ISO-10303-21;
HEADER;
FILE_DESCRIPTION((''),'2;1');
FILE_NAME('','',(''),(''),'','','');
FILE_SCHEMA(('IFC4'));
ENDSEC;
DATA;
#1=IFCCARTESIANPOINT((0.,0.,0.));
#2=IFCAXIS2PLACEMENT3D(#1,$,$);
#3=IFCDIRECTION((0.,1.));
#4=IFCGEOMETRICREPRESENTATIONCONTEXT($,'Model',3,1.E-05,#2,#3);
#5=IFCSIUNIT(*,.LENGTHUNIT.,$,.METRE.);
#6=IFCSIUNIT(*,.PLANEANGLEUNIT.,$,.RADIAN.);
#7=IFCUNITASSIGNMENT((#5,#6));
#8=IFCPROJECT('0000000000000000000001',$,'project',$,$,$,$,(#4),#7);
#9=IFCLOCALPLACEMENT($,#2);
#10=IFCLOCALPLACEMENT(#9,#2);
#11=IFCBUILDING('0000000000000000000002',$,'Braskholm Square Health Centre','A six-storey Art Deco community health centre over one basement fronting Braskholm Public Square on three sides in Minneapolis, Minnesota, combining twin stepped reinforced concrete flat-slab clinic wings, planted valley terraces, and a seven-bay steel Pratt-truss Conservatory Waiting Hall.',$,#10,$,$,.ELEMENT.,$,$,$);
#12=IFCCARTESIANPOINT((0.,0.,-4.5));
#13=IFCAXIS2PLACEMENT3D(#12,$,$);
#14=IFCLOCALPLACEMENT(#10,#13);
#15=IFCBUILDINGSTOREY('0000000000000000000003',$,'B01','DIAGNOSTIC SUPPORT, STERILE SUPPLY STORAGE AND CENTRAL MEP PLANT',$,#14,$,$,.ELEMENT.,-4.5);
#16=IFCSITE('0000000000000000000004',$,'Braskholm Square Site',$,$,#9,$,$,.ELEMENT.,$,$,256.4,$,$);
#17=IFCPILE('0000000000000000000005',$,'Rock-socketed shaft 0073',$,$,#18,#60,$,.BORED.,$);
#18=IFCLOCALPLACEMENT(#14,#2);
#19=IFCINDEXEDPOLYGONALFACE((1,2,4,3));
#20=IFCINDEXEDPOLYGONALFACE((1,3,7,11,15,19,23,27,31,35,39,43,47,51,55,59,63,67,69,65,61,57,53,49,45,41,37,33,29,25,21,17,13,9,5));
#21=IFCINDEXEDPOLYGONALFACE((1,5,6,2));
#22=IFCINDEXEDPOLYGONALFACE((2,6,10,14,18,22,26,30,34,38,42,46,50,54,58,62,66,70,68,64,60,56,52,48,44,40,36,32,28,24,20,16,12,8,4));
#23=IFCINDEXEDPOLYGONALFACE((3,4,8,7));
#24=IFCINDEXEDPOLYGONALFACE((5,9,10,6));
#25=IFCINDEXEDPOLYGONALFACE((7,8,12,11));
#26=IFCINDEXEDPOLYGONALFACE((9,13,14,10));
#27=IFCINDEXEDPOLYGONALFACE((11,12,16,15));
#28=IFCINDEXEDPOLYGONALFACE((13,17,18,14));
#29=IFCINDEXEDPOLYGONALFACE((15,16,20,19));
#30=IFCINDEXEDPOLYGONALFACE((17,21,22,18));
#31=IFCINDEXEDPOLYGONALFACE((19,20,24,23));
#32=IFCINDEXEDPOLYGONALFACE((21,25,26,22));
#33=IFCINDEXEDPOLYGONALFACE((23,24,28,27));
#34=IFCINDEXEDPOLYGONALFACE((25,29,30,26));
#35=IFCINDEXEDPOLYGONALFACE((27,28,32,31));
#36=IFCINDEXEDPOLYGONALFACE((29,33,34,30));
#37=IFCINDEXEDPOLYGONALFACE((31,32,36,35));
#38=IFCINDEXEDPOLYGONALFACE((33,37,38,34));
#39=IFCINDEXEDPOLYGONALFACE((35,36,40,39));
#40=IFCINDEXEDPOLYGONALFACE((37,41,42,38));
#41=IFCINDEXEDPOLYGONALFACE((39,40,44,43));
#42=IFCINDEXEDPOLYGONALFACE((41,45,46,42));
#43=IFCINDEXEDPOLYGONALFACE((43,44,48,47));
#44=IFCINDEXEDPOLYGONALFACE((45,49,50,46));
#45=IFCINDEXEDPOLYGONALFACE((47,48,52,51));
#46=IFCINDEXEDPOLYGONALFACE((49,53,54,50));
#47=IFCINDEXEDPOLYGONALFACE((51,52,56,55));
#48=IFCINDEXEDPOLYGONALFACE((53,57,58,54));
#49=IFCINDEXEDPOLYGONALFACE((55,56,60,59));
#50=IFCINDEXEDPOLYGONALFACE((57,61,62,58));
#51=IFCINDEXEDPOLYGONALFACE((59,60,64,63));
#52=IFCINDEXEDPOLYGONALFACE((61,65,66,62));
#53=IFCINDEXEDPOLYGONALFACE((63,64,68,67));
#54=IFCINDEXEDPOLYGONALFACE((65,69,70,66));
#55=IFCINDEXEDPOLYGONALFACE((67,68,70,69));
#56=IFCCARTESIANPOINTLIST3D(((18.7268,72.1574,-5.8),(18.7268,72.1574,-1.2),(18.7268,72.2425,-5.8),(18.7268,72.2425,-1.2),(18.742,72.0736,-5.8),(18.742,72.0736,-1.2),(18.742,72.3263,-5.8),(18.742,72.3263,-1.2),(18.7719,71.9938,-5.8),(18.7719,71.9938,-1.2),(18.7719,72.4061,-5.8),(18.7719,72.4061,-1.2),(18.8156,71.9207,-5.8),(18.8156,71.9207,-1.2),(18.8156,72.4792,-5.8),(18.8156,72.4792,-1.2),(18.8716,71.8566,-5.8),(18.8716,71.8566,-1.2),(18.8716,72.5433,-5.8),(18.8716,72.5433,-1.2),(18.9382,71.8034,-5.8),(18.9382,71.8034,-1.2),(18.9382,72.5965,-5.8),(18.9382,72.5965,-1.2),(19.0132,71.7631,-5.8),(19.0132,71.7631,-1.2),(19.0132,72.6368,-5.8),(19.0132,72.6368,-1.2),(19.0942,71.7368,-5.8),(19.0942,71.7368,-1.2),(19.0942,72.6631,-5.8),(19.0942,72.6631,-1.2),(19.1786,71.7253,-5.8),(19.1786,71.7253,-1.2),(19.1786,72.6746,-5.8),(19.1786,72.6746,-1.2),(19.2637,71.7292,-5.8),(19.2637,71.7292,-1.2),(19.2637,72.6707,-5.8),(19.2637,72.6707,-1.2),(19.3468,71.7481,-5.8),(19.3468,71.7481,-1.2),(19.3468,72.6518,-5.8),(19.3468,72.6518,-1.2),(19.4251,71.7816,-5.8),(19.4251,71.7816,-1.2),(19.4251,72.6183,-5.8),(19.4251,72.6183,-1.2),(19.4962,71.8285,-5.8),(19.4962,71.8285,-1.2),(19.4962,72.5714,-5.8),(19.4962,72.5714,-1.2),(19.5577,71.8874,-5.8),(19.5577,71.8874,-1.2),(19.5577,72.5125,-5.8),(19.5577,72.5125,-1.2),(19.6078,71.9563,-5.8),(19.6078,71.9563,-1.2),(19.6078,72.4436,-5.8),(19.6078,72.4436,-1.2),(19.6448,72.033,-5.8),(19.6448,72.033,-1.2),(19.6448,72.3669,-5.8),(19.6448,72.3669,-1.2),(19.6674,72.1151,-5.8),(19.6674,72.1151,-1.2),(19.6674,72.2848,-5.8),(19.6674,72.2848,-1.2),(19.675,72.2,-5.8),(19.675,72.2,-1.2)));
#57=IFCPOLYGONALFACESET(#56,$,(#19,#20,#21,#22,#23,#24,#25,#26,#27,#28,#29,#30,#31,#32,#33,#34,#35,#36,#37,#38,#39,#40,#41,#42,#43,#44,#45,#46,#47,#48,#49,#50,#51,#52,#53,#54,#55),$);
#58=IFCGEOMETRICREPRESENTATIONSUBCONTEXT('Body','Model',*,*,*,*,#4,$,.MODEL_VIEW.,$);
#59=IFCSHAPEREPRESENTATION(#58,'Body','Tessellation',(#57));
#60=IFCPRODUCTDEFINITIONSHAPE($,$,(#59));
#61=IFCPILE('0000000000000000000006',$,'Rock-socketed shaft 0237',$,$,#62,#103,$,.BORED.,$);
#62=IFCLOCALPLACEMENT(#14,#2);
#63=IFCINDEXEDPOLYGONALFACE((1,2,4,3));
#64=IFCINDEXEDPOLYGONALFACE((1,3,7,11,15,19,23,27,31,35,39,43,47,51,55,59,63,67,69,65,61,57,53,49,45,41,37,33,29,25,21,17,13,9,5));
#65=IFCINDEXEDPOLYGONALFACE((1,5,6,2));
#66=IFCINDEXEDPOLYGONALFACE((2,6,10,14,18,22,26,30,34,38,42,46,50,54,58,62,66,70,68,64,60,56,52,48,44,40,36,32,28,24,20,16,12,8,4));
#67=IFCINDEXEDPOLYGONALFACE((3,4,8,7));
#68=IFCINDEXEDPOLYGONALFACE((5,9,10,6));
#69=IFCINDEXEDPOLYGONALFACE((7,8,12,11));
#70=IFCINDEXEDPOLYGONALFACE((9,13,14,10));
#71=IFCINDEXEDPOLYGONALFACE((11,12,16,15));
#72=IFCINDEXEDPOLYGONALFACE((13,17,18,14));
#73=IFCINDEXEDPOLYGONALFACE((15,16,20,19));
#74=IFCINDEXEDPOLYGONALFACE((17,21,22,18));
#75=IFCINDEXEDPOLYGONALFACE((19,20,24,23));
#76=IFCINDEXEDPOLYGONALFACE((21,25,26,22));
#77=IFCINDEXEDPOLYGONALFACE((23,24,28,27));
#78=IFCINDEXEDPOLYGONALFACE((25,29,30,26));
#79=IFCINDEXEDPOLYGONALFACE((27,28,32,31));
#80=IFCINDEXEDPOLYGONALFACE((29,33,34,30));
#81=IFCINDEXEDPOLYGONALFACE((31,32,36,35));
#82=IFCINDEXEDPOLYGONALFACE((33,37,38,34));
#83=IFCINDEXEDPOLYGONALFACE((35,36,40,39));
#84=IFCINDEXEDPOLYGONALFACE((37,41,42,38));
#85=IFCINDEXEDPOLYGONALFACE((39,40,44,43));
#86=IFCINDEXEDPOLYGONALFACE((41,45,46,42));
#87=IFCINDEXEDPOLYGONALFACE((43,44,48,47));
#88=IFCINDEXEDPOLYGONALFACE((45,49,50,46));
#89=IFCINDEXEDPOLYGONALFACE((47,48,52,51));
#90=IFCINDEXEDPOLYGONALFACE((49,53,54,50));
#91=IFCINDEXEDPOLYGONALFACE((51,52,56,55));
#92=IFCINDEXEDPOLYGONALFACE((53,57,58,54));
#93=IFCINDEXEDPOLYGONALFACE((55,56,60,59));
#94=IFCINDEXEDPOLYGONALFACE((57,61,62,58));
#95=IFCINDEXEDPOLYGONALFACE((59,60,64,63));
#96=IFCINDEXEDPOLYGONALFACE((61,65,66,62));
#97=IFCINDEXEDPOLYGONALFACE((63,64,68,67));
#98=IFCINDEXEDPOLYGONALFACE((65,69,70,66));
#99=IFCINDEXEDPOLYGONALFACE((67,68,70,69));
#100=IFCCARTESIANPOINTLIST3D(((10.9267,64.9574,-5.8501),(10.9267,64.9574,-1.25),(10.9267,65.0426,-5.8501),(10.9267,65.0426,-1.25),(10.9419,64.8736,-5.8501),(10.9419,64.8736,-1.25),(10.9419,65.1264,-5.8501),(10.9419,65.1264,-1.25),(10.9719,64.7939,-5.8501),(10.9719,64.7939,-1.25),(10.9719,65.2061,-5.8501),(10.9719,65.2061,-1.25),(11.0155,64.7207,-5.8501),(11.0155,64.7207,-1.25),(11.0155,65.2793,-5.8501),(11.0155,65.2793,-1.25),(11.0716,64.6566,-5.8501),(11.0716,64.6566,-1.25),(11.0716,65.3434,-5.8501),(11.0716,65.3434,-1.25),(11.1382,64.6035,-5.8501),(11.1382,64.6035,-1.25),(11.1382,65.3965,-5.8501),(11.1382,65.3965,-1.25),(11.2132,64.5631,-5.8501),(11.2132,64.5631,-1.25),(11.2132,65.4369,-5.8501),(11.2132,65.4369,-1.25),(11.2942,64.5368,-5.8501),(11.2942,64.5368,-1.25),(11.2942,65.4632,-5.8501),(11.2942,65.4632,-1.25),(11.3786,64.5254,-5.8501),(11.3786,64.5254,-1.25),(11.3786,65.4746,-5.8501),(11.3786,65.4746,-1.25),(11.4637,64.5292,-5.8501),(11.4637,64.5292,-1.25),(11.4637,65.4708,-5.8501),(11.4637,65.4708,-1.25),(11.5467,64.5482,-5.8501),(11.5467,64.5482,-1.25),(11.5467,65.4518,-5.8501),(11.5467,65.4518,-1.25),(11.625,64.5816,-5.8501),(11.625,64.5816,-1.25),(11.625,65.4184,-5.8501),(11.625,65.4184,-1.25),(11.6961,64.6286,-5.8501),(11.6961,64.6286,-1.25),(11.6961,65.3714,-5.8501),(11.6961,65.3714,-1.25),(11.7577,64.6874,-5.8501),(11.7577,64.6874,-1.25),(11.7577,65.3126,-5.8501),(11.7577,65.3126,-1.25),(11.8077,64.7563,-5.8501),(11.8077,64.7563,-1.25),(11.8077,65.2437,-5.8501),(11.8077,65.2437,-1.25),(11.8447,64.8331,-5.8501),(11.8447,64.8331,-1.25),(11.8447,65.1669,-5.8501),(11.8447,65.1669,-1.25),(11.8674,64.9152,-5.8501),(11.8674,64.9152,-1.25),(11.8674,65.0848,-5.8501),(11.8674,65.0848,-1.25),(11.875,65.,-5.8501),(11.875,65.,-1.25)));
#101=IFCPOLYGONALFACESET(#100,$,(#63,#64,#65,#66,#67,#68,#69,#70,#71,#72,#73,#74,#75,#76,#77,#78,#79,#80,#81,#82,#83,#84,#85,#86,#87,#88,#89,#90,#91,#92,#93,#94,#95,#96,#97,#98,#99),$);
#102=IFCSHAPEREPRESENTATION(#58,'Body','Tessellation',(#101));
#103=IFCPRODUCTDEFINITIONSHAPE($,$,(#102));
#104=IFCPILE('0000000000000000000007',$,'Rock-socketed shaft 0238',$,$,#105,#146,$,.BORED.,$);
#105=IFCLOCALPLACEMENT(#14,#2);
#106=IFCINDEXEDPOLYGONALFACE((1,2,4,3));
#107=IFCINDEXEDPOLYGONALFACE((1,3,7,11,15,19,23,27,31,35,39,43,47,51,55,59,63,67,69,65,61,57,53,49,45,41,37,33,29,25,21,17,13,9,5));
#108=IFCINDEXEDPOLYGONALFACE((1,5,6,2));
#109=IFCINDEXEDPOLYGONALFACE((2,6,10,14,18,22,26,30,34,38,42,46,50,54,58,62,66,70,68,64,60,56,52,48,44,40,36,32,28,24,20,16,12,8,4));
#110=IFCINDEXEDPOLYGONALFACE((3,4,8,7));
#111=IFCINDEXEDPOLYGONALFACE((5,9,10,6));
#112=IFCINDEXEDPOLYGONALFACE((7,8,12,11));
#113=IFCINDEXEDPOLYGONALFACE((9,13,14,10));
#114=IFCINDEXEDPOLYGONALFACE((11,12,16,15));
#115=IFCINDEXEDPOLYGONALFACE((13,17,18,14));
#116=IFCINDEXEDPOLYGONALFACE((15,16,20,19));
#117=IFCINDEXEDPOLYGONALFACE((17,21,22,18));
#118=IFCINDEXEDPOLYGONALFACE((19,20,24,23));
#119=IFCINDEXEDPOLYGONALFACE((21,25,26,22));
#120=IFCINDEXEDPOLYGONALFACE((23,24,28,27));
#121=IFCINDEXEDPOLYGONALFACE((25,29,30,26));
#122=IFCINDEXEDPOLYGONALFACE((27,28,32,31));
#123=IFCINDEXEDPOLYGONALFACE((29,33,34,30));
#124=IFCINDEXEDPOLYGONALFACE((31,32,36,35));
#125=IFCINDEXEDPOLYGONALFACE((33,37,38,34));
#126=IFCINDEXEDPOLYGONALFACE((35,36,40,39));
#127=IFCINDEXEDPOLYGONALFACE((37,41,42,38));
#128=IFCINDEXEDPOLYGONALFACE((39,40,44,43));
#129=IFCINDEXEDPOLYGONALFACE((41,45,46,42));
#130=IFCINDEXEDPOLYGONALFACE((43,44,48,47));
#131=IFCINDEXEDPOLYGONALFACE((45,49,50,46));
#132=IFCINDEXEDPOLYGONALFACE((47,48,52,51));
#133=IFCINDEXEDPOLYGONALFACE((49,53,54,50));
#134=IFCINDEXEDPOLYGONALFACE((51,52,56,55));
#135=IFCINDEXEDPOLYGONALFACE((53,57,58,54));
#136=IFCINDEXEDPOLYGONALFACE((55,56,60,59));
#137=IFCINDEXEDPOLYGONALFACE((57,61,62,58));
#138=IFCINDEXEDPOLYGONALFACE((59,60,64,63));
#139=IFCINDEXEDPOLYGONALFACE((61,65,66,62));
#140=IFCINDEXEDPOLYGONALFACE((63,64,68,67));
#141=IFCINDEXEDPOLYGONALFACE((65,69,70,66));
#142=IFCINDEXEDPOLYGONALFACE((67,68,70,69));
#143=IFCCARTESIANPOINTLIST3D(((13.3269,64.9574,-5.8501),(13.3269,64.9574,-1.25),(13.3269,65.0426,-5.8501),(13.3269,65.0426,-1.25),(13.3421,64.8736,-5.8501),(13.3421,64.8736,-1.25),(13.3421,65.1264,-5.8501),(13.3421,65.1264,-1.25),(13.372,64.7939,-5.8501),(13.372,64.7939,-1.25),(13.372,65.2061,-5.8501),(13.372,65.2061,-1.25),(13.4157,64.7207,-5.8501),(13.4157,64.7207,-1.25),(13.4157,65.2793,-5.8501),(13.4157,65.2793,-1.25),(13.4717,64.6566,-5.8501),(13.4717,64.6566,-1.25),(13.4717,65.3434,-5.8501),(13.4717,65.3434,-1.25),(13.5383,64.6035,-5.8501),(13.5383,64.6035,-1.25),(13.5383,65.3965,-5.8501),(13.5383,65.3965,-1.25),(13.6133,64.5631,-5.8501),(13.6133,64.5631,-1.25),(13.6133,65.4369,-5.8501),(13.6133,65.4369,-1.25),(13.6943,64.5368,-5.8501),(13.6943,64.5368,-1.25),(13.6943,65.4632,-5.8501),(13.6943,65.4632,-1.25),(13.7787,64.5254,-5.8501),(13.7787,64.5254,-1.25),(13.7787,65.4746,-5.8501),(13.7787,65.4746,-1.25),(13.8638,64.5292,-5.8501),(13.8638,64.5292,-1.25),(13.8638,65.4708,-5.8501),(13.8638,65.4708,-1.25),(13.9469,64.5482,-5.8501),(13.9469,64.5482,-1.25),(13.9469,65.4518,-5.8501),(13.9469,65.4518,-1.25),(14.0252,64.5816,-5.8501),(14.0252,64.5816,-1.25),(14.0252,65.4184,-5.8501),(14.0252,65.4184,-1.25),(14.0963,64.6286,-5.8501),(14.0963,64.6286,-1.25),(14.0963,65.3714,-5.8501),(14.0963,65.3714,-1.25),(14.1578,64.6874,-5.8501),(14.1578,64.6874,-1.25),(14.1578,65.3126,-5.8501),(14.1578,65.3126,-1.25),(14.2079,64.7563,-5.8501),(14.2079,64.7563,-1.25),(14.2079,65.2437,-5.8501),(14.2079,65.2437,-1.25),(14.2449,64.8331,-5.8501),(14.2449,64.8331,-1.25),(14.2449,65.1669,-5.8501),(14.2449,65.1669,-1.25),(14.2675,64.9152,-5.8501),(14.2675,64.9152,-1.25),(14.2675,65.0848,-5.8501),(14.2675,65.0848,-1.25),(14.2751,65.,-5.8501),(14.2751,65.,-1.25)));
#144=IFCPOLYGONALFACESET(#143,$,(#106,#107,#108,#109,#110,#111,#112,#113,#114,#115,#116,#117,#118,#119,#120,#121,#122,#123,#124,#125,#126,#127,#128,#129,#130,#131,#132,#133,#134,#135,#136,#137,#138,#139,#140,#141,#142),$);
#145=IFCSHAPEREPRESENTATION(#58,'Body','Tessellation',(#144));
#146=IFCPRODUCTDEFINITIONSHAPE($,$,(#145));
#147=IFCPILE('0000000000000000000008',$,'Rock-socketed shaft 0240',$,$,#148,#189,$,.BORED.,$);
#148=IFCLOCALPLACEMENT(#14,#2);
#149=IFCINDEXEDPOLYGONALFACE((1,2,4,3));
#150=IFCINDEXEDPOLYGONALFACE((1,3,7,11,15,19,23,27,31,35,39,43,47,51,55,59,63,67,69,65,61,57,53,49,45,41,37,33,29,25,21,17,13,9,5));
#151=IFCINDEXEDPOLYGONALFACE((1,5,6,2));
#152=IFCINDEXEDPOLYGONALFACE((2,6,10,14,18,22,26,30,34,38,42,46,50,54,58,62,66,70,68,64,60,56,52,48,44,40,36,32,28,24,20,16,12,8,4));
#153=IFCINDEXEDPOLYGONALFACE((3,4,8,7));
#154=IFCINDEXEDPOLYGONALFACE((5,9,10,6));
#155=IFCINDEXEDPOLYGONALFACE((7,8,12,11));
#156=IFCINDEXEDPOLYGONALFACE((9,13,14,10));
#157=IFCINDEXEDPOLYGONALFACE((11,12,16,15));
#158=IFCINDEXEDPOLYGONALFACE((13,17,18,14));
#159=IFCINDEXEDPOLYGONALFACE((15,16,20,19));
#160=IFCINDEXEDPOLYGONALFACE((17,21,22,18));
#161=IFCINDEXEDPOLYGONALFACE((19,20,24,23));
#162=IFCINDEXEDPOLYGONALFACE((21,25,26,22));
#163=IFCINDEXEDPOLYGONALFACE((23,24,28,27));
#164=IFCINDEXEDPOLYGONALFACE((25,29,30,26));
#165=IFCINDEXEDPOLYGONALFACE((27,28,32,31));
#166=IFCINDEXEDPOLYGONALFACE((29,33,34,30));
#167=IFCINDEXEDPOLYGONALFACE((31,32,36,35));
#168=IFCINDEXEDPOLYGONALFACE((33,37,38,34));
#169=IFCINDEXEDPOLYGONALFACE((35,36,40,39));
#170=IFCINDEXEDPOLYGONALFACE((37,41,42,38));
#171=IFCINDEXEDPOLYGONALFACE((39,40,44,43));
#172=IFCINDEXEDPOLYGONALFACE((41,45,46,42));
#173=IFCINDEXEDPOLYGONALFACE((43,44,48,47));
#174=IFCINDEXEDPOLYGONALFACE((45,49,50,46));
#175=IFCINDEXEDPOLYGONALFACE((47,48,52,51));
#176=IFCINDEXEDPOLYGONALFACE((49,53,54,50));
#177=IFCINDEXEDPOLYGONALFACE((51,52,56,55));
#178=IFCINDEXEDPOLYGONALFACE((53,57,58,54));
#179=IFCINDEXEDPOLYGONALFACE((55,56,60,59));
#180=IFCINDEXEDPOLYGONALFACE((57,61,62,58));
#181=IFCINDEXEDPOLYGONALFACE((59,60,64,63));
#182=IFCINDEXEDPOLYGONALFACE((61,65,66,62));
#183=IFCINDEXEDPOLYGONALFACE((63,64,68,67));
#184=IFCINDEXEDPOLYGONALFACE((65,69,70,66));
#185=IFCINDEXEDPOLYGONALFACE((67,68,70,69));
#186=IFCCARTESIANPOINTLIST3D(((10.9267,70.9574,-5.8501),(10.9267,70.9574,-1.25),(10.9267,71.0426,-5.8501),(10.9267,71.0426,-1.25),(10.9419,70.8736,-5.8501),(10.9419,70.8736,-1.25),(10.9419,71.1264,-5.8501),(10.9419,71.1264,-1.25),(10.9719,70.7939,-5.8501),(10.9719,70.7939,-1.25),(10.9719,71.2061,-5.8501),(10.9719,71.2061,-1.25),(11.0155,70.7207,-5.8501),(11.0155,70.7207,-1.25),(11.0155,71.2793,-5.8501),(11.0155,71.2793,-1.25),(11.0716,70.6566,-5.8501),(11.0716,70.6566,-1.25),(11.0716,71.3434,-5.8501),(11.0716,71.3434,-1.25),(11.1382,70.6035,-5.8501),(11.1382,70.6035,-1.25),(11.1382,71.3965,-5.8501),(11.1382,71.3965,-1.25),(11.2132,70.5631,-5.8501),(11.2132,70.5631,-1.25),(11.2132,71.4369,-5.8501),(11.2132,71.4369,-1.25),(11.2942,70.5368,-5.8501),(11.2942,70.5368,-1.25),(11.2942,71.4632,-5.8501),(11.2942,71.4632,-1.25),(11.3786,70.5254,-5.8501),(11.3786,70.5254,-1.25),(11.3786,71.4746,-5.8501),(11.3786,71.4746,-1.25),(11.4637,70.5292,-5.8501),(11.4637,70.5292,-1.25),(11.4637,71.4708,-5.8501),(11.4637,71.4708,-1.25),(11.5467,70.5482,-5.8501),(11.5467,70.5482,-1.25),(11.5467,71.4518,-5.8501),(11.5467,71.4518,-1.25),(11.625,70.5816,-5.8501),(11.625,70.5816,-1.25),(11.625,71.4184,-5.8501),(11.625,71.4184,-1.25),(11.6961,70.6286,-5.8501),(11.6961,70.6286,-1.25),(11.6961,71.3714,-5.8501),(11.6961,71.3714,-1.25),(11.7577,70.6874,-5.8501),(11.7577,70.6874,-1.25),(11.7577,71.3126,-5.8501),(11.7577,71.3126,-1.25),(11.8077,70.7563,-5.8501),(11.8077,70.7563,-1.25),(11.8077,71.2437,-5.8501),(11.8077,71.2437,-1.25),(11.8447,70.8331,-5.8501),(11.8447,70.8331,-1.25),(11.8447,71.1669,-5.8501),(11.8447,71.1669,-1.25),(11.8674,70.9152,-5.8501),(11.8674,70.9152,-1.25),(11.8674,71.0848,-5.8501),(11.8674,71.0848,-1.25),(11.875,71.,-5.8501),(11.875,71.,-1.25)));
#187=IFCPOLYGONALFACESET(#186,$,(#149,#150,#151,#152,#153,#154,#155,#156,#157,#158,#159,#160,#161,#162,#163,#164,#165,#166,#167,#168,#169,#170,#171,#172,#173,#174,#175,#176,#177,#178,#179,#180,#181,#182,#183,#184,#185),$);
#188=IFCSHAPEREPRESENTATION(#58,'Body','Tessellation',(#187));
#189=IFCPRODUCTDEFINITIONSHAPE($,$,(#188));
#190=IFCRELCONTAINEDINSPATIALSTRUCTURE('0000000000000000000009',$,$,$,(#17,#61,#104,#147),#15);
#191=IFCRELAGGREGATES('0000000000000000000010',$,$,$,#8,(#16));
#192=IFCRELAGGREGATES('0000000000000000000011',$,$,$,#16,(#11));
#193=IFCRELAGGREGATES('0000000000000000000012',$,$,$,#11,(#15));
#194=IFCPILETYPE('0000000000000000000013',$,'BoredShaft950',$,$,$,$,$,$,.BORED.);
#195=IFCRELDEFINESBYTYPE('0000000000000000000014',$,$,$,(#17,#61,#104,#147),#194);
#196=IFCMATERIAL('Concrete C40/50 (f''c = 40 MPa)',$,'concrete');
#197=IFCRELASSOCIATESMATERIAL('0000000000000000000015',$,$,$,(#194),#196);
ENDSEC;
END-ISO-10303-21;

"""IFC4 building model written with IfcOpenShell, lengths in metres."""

from ifc_helpers import new_model, si_unit, direction, frame, origin, origin_2d, place, context, subcontext, project, spatial, circle, extrude, material, material_profile, profile_set, type_object, element, save


model = new_model("IFC4")

# Units and contexts
model_context = context("Model", 3, precision=1e-05, world=origin(), true_north=direction((0.0, 1.0)))
body_context = subcontext(model_context, "Body", "Model", "MODEL_VIEW")
ifc_project = project(units=[si_unit("LENGTHUNIT", "METRE"), si_unit("PLANEANGLEUNIT", "RADIAN")], contexts=[model_context])

# Site, building, storey
site_placement = place(None, origin())
site = spatial("IfcSite", under=ifc_project, at=site_placement, Name="Braskholm Square Site", CompositionType="ELEMENT", RefElevation=256.4)
building_placement = place(site_placement, origin())
building = spatial("IfcBuilding", under=site, at=building_placement, Name="Braskholm Square Health Centre", Description="A six-storey Art Deco community health centre over one basement fronting Braskholm Public Square on three sides in Minneapolis, Minnesota, combining twin stepped reinforced concrete flat-slab clinic wings, planted valley terraces, and a seven-bay steel Pratt-truss Conservatory Waiting Hall.", CompositionType="ELEMENT")
storey_placement = place(building_placement, frame((0.0, 0.0, -4.5)))
storey = spatial("IfcBuildingStorey", under=building, at=storey_placement, Name="B01", Description="DIAGNOSTIC SUPPORT, STERILE SUPPLY STORAGE AND CENTRAL MEP PLANT", CompositionType="ELEMENT", Elevation=-4.5)

# Piles
ifc_material_1 = material(Name="Concrete C40/50 (f'c = 40 MPa)", Category="concrete")
ifc_material_profile_1 = material_profile(ifc_material_1, circle(Radius=0.4751, at=origin_2d()), Name="BORED-PILE-950")
ifc_profile_set_1 = profile_set([ifc_material_profile_1], Name="Concrete C40/50 (f'c = 40 MPa)")
pile_type = type_object("IfcPileType", Name="BoredShaft950", PredefinedType="BORED", material=ifc_profile_set_1)
for number, where, z_axis, x_axis, name in (
    (1, (19.2, 72.2, -1.2), (0.0, 0.0, -1.0), (1.0, 0.0, 0.0), "Rock-socketed shaft 0073"),
    (2, (11.3999, 65.0, -1.25), (0.0, 0.0, -1.0), (1.0, 0.0, 0.0), "Rock-socketed shaft 0237"),
    (3, (13.8, 65.0, -1.25), (0.0, 0.0, -1.0), (1.0, 0.0, 0.0), "Rock-socketed shaft 0238"),
    (4, (11.3999, 71.0, -1.25), (0.0, 0.0, -1.0), (1.0, 0.0, 0.0), "Rock-socketed shaft 0240"),
):
    element("IfcPile", number, at=place(storey_placement, frame(where, z_axis=z_axis, x_axis=x_axis)), inside=storey, type_object=pile_type, Name=name, PredefinedType="BORED", context=body_context, shape_type="SweptSolid", body=[
        extrude(circle(Radius=0.4751, at=origin_2d()), origin(), (0.0, 0.0, 1.0), 4.6001),
    ])

save(model, "model.ifc")
